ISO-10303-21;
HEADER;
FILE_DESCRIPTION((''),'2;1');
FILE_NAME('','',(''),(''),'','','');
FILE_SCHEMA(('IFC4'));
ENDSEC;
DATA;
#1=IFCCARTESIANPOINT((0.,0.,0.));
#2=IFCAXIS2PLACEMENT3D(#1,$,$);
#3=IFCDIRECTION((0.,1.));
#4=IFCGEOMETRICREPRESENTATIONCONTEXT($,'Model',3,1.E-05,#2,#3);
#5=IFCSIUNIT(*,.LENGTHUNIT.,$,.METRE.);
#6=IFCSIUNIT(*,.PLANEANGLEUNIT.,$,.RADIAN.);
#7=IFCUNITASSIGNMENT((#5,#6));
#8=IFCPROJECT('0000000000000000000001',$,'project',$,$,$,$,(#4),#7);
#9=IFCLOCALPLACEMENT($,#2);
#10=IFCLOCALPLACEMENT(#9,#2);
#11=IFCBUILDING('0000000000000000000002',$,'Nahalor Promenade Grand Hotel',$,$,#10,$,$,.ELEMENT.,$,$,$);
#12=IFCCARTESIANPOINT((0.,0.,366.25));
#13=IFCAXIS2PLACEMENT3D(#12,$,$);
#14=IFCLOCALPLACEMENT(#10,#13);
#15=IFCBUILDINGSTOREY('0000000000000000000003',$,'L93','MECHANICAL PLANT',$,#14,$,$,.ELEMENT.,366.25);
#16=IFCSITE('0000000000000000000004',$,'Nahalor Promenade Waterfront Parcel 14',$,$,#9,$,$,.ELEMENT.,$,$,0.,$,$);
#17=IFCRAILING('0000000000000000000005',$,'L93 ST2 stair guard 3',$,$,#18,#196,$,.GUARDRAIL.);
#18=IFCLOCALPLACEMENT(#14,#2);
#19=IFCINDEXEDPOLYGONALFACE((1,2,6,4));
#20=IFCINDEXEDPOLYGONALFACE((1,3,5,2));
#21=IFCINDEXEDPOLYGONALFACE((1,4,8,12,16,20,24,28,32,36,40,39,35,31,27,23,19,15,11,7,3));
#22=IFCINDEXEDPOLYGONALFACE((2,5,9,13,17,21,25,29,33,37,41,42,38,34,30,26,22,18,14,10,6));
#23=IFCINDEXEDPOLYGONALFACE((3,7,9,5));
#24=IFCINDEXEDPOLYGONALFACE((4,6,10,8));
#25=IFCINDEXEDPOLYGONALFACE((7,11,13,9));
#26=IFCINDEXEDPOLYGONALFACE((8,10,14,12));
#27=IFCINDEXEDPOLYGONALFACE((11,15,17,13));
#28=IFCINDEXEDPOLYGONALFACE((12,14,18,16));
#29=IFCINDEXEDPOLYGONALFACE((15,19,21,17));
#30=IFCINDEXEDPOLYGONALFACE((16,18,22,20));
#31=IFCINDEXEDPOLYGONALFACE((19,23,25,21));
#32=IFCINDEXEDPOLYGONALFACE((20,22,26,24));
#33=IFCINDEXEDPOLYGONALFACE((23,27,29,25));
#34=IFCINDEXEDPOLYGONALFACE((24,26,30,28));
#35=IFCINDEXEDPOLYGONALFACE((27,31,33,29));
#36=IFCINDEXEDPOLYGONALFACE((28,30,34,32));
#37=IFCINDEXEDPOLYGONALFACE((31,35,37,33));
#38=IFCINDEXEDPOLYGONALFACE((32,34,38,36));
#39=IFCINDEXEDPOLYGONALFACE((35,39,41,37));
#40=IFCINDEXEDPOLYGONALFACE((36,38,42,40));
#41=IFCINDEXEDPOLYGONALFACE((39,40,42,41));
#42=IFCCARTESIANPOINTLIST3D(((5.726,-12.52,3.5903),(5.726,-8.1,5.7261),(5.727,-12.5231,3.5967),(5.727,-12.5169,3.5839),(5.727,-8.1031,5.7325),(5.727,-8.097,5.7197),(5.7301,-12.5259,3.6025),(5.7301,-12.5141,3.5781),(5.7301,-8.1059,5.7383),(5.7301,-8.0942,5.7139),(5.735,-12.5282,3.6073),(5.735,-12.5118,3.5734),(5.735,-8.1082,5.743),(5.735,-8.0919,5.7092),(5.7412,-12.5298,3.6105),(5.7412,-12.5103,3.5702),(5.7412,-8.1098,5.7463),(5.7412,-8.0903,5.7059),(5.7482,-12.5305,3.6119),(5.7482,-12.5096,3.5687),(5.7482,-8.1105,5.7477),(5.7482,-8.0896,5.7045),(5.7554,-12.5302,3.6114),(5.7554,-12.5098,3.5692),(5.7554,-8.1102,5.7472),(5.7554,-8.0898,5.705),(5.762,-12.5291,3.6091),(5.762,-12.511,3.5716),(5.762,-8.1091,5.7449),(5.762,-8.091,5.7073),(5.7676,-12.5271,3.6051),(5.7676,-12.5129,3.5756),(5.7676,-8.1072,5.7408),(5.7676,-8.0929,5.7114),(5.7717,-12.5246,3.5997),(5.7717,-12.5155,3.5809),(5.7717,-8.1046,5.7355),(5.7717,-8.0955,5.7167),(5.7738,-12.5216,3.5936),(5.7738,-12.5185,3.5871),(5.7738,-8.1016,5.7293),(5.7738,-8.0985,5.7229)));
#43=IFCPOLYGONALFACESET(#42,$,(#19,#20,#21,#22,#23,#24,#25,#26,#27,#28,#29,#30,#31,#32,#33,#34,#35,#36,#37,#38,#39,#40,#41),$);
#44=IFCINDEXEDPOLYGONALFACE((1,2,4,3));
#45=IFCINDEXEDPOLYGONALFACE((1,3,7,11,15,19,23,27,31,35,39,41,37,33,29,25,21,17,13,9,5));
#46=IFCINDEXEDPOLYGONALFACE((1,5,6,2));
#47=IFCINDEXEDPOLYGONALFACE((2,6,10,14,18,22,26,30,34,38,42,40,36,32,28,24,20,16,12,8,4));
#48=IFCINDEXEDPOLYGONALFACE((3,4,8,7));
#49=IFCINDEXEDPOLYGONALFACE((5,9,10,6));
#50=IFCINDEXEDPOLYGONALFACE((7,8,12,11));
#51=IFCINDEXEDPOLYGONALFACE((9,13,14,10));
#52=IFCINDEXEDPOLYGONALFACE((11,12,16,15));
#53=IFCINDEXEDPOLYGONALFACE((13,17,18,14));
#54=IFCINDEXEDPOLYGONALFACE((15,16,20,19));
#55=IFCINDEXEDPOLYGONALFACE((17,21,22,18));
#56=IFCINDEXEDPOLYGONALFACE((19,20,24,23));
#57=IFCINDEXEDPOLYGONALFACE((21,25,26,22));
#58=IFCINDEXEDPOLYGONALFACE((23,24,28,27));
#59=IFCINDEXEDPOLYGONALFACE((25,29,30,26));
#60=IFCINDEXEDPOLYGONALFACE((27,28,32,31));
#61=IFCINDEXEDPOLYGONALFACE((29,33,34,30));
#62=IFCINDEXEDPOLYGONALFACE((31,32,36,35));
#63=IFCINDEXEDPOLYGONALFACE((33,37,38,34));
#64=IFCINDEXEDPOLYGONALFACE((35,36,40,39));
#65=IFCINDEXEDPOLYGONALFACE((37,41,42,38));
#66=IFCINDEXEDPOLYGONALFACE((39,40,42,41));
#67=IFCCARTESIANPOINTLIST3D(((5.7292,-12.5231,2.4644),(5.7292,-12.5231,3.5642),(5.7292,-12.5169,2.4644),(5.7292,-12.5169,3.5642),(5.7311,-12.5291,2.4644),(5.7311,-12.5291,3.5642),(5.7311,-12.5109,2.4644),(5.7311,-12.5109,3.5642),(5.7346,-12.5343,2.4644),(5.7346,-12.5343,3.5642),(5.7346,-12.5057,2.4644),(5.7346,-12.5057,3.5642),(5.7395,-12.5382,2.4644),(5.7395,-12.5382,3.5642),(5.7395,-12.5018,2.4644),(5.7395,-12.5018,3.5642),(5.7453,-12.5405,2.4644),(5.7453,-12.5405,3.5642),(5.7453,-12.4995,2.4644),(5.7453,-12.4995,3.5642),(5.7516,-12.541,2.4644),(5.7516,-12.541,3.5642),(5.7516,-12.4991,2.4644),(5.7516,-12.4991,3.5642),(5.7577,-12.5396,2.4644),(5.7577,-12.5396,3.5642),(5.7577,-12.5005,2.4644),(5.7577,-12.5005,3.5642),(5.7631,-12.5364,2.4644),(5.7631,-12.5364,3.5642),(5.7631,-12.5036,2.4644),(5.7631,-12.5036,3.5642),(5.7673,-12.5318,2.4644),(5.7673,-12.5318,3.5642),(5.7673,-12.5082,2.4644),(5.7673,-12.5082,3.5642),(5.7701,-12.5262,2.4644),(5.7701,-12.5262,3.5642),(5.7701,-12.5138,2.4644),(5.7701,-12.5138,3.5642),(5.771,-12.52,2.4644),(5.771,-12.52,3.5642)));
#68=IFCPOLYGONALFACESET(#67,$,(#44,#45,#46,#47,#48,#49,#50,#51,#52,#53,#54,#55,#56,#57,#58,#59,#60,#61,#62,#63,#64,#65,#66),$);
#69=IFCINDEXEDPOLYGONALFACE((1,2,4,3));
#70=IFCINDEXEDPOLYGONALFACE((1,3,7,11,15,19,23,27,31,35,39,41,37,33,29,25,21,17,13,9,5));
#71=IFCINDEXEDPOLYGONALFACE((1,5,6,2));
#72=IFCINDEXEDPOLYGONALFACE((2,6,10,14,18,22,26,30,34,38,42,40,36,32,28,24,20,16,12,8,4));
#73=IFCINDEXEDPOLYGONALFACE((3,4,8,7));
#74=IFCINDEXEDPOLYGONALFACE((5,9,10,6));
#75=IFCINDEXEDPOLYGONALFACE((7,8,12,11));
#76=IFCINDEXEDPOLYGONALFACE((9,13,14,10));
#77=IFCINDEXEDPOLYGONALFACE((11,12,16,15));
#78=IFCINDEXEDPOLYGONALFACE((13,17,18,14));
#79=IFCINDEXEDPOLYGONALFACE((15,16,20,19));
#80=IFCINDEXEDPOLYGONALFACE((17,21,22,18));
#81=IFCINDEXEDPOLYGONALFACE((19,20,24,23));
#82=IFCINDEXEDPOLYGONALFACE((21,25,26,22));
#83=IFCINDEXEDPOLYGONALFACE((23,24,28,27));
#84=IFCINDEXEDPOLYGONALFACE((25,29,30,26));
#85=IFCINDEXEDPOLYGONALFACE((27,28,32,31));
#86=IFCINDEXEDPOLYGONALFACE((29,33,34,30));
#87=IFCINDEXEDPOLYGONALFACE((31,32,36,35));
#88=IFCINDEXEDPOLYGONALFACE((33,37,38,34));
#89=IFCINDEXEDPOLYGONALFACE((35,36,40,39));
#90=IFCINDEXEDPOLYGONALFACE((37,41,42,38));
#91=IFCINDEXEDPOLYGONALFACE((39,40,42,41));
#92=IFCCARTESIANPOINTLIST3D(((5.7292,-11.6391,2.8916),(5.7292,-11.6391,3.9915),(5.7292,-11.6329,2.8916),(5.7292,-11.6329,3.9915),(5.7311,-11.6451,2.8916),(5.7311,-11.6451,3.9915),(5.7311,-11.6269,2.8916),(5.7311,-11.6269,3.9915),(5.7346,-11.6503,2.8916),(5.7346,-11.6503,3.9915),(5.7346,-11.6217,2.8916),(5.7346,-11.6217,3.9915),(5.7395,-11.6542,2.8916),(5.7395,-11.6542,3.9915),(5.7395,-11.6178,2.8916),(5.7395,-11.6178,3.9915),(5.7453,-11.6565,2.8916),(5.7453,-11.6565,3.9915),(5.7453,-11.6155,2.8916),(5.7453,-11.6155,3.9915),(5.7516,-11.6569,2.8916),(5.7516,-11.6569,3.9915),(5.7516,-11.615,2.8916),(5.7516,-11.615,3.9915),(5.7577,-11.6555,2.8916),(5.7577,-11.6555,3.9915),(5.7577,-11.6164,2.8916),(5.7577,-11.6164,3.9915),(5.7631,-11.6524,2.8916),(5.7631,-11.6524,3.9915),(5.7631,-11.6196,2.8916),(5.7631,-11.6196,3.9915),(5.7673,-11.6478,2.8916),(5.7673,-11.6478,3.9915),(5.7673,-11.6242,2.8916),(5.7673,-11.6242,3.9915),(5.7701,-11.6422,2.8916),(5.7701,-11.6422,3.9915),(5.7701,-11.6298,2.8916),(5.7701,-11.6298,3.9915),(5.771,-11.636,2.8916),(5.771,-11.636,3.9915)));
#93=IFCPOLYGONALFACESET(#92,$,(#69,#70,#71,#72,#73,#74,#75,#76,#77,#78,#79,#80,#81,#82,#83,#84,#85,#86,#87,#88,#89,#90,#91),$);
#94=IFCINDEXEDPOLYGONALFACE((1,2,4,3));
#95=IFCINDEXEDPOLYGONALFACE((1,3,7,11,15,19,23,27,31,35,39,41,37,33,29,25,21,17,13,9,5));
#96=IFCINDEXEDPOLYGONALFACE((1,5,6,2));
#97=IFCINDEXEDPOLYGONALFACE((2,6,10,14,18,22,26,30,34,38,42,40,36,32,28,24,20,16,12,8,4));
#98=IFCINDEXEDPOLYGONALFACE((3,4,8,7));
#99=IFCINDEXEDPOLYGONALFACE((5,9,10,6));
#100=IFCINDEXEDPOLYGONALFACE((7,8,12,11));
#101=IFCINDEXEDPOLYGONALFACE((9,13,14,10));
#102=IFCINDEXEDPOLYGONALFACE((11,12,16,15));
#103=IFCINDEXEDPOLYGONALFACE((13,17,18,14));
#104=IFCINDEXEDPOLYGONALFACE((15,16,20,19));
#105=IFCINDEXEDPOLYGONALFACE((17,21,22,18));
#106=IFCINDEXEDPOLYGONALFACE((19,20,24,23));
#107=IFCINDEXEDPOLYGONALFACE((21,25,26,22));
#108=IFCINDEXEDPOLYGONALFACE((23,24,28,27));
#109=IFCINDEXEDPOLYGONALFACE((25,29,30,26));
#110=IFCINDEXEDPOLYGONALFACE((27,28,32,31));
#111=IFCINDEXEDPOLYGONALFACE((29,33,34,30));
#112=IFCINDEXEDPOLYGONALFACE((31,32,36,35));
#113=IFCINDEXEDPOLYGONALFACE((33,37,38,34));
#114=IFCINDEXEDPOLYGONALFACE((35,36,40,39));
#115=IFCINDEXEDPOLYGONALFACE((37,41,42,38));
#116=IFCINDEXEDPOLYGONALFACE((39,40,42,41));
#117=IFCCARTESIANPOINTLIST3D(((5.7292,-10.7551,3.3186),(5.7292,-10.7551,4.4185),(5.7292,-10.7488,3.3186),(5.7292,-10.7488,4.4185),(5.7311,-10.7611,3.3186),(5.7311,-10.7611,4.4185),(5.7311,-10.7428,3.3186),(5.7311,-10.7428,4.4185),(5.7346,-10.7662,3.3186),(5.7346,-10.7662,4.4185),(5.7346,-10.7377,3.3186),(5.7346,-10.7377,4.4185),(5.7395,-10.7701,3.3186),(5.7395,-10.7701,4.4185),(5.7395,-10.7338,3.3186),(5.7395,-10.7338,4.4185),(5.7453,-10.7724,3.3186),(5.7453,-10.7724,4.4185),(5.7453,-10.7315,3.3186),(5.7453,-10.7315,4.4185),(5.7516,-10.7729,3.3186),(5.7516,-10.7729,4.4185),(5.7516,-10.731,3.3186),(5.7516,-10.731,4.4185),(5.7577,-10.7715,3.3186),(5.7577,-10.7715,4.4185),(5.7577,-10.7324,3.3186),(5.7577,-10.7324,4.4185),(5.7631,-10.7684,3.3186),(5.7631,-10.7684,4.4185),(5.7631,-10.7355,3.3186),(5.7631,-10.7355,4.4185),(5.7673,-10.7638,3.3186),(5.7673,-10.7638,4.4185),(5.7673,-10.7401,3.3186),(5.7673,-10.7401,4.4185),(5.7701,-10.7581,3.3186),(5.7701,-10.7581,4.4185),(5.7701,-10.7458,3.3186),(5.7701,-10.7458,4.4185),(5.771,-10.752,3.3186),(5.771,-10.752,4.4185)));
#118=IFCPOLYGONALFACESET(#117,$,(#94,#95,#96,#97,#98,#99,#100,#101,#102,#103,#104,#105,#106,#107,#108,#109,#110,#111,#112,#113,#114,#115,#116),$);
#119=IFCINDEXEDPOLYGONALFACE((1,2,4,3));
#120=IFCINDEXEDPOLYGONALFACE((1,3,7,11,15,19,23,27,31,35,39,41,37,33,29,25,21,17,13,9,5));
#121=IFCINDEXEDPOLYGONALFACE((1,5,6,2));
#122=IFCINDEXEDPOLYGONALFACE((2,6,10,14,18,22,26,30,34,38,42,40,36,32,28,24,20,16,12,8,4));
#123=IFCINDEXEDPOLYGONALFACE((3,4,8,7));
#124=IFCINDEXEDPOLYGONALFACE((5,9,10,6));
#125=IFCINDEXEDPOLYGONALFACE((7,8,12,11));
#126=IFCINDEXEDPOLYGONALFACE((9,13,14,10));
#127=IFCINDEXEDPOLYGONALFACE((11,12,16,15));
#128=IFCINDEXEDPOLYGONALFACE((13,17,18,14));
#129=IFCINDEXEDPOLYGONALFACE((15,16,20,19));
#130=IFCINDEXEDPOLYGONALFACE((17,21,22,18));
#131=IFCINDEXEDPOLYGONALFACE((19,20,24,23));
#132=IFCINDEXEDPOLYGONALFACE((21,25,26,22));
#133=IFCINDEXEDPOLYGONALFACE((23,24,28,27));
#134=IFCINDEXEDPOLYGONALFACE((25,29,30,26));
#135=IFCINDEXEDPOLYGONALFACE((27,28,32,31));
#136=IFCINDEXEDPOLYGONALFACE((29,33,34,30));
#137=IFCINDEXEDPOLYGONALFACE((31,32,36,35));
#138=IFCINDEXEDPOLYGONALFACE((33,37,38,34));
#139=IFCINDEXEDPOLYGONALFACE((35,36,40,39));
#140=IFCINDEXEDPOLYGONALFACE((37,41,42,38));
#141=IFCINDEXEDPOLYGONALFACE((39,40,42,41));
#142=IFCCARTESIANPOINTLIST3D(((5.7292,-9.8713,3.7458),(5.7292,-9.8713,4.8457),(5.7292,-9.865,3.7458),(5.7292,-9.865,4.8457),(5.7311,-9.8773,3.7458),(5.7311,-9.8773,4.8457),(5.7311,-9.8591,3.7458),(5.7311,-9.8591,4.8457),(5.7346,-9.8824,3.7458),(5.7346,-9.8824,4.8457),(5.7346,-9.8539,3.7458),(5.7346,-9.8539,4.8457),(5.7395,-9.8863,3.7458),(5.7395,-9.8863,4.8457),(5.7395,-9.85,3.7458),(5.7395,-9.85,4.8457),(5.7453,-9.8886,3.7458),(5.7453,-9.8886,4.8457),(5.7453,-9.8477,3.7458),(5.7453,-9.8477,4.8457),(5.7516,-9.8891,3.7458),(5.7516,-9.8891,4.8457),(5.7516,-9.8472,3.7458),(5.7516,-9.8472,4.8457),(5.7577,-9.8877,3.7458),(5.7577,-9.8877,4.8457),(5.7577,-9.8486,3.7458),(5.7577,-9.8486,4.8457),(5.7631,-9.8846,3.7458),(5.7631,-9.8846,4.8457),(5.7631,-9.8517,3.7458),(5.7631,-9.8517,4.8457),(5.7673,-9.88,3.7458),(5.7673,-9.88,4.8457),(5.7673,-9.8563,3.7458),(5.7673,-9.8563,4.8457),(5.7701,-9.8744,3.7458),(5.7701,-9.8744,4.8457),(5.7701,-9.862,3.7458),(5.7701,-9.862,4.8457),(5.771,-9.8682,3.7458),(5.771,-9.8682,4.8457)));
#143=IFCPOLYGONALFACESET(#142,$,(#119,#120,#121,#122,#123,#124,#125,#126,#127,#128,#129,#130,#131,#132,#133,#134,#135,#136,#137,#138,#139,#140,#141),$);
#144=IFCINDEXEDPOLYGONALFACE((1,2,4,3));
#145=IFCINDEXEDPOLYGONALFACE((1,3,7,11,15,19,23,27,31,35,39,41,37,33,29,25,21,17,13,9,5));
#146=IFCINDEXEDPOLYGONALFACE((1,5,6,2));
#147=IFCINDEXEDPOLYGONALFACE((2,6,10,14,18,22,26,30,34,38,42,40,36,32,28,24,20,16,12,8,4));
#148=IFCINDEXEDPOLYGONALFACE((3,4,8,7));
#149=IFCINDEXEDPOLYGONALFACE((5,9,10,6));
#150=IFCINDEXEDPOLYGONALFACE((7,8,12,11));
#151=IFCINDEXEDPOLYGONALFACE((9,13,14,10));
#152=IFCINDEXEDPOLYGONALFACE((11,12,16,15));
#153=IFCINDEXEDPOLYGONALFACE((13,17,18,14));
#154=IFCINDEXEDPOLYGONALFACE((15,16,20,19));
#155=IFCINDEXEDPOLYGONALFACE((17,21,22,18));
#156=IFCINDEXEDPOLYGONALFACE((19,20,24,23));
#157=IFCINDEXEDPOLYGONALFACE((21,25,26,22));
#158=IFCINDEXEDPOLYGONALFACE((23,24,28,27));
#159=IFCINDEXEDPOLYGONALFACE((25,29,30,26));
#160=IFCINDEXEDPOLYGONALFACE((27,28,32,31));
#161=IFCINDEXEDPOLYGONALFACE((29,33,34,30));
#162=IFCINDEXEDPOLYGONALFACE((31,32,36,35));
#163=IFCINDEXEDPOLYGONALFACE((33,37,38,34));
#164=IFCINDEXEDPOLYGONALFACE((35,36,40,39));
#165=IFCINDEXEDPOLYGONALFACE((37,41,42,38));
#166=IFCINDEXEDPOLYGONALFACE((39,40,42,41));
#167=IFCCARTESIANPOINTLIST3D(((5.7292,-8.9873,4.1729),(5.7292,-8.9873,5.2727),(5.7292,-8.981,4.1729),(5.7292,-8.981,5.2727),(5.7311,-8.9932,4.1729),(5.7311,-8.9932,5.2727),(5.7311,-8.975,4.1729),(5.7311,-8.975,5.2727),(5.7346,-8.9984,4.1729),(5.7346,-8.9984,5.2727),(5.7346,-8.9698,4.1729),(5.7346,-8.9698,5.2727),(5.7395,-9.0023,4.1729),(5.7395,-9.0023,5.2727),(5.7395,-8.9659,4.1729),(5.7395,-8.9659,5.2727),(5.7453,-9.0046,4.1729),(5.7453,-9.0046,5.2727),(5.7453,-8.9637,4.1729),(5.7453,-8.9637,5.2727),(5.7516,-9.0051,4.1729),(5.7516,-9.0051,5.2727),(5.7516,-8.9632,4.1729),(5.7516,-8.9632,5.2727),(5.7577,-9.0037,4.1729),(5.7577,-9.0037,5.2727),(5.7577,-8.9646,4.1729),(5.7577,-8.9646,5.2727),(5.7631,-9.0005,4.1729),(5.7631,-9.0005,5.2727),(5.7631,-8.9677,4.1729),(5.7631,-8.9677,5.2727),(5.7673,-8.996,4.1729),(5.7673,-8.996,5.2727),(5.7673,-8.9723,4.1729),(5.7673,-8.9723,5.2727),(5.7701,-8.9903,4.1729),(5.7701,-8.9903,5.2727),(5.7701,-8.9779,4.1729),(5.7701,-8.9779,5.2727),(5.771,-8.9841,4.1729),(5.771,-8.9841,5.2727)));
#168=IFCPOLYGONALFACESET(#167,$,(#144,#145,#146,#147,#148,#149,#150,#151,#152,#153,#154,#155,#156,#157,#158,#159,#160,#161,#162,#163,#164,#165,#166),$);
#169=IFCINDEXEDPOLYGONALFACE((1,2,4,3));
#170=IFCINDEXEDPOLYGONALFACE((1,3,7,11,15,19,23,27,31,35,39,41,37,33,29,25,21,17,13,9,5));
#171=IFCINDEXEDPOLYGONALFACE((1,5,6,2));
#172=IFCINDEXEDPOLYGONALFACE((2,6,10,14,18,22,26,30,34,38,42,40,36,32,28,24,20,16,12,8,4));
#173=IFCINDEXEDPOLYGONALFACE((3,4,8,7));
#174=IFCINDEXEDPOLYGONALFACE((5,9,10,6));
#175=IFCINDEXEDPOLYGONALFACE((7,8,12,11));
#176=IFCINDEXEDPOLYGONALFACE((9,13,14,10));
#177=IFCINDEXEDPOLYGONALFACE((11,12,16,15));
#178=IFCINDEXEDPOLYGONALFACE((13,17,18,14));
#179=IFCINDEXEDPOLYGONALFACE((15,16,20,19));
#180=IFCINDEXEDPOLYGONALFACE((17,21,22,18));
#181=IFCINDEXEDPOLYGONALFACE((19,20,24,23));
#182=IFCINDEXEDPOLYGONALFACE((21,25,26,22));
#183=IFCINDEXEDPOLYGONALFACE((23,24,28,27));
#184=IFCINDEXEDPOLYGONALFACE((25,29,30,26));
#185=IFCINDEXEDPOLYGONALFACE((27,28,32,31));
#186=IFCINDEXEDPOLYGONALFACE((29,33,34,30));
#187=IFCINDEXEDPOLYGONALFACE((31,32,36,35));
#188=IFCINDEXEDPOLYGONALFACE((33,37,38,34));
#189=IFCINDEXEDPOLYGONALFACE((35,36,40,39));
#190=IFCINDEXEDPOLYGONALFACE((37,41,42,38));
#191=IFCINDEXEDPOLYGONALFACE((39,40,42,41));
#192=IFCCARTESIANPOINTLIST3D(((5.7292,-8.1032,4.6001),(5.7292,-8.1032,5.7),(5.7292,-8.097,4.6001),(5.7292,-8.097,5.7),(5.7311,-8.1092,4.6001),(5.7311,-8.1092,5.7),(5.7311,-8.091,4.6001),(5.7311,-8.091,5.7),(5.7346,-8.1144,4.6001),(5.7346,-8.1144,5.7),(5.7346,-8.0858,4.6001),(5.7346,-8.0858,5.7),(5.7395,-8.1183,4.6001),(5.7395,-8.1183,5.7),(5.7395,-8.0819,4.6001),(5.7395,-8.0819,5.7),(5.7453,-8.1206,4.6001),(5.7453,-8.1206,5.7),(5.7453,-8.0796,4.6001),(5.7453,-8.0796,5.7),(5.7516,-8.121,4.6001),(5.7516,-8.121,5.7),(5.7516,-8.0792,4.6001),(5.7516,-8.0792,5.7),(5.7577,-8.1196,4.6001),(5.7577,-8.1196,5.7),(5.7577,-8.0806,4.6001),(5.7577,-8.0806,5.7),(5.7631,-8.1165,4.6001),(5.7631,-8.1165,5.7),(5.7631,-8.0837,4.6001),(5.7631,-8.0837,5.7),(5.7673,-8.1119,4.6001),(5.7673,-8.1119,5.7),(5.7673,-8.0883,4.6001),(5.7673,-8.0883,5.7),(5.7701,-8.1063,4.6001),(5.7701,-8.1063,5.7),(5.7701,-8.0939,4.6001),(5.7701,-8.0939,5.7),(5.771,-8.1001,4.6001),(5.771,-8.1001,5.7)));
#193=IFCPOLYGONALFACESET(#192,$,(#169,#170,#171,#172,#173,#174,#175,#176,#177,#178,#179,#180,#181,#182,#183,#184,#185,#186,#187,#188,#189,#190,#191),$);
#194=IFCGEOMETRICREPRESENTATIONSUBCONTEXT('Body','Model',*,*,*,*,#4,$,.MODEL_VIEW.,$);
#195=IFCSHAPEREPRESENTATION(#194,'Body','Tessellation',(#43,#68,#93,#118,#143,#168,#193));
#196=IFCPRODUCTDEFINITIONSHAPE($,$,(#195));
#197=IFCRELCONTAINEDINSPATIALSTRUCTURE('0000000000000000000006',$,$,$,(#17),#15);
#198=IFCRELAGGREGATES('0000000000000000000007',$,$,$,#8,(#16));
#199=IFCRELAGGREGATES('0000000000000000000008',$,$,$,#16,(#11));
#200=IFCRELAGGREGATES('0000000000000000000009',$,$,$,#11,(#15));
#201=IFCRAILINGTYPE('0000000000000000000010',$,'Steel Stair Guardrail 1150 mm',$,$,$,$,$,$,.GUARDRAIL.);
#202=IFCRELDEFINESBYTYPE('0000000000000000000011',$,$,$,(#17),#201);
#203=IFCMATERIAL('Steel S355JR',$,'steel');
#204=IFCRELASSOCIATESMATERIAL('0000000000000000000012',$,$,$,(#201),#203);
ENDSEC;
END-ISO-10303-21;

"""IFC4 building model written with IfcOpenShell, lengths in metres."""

from ifc_helpers import new_model, si_unit, direction, frame, origin, origin_2d, place, context, subcontext, project, spatial, circle, extrude, material, type_object, element, save


model = new_model("IFC4")

# Units and contexts
model_context = context("Model", 3, precision=1e-05, world=origin(), true_north=direction((0.0, 1.0)))
body_context = subcontext(model_context, "Body", "Model", "MODEL_VIEW")
ifc_project = project(units=[si_unit("LENGTHUNIT", "METRE"), si_unit("PLANEANGLEUNIT", "RADIAN")], contexts=[model_context])

# Site, building, storey
site_placement = place(None, origin())
site = spatial("IfcSite", under=ifc_project, at=site_placement, Name="Nahalor Promenade Waterfront Parcel 14", CompositionType="ELEMENT", RefElevation=0.0)
building_placement = place(site_placement, origin())
building = spatial("IfcBuilding", under=site, at=building_placement, Name="Nahalor Promenade Grand Hotel", CompositionType="ELEMENT")
storey_placement = place(building_placement, frame((0.0, 0.0, 366.25)))
storey = spatial("IfcBuildingStorey", under=building, at=storey_placement, Name="L93", Description="MECHANICAL PLANT", CompositionType="ELEMENT", Elevation=366.25)

# Shared definitions
ifc_material_1 = material(Name="Steel S355JR", Category="steel")

# Railing
railing_type_1 = type_object("IfcRailingType", Name="Steel Stair Guardrail 1150 mm", PredefinedType="GUARDRAIL", material=ifc_material_1)
railing_1_placement = place(storey_placement, frame((5.75, -12.52, 2.4644)))
element("IfcRailing", 1, at=railing_1_placement, inside=storey, type_object=railing_type_1, Name="L93 ST2 stair guard 3", PredefinedType="GUARDRAIL", context=body_context, shape_type="SweptSolid", body=[
    extrude(circle(Radius=0.024, at=origin_2d()), frame((0.0, 0.0, 1.126), z_axis=(0.0, 0.900393, 0.435077), x_axis=(-1.0, 0.0, 0.0)), (0.0, 0.0, 1.0), 4.9089),
    extrude(circle(Radius=0.021, at=origin_2d()), origin(), (0.0, 0.0, 1.0), 1.0999),
    extrude(circle(Radius=0.021, at=origin_2d()), frame((0.0, 0.884, 0.4272)), (0.0, 0.0, 1.0), 1.0999),
    extrude(circle(Radius=0.021, at=origin_2d()), frame((0.0, 1.7681, 0.8542)), (0.0, 0.0, 1.0), 1.0999),
    extrude(circle(Radius=0.021, at=origin_2d()), frame((0.0, 2.6519, 1.2815)), (0.0, 0.0, 1.0), 1.0999),
    extrude(circle(Radius=0.021, at=origin_2d()), frame((0.0, 3.5359, 1.7085)), (0.0, 0.0, 1.0), 1.0999),
    extrude(circle(Radius=0.021, at=origin_2d()), frame((0.0, 4.4199, 2.1357)), (0.0, 0.0, 1.0), 1.0999),
])

save(model, "model.ifc")
